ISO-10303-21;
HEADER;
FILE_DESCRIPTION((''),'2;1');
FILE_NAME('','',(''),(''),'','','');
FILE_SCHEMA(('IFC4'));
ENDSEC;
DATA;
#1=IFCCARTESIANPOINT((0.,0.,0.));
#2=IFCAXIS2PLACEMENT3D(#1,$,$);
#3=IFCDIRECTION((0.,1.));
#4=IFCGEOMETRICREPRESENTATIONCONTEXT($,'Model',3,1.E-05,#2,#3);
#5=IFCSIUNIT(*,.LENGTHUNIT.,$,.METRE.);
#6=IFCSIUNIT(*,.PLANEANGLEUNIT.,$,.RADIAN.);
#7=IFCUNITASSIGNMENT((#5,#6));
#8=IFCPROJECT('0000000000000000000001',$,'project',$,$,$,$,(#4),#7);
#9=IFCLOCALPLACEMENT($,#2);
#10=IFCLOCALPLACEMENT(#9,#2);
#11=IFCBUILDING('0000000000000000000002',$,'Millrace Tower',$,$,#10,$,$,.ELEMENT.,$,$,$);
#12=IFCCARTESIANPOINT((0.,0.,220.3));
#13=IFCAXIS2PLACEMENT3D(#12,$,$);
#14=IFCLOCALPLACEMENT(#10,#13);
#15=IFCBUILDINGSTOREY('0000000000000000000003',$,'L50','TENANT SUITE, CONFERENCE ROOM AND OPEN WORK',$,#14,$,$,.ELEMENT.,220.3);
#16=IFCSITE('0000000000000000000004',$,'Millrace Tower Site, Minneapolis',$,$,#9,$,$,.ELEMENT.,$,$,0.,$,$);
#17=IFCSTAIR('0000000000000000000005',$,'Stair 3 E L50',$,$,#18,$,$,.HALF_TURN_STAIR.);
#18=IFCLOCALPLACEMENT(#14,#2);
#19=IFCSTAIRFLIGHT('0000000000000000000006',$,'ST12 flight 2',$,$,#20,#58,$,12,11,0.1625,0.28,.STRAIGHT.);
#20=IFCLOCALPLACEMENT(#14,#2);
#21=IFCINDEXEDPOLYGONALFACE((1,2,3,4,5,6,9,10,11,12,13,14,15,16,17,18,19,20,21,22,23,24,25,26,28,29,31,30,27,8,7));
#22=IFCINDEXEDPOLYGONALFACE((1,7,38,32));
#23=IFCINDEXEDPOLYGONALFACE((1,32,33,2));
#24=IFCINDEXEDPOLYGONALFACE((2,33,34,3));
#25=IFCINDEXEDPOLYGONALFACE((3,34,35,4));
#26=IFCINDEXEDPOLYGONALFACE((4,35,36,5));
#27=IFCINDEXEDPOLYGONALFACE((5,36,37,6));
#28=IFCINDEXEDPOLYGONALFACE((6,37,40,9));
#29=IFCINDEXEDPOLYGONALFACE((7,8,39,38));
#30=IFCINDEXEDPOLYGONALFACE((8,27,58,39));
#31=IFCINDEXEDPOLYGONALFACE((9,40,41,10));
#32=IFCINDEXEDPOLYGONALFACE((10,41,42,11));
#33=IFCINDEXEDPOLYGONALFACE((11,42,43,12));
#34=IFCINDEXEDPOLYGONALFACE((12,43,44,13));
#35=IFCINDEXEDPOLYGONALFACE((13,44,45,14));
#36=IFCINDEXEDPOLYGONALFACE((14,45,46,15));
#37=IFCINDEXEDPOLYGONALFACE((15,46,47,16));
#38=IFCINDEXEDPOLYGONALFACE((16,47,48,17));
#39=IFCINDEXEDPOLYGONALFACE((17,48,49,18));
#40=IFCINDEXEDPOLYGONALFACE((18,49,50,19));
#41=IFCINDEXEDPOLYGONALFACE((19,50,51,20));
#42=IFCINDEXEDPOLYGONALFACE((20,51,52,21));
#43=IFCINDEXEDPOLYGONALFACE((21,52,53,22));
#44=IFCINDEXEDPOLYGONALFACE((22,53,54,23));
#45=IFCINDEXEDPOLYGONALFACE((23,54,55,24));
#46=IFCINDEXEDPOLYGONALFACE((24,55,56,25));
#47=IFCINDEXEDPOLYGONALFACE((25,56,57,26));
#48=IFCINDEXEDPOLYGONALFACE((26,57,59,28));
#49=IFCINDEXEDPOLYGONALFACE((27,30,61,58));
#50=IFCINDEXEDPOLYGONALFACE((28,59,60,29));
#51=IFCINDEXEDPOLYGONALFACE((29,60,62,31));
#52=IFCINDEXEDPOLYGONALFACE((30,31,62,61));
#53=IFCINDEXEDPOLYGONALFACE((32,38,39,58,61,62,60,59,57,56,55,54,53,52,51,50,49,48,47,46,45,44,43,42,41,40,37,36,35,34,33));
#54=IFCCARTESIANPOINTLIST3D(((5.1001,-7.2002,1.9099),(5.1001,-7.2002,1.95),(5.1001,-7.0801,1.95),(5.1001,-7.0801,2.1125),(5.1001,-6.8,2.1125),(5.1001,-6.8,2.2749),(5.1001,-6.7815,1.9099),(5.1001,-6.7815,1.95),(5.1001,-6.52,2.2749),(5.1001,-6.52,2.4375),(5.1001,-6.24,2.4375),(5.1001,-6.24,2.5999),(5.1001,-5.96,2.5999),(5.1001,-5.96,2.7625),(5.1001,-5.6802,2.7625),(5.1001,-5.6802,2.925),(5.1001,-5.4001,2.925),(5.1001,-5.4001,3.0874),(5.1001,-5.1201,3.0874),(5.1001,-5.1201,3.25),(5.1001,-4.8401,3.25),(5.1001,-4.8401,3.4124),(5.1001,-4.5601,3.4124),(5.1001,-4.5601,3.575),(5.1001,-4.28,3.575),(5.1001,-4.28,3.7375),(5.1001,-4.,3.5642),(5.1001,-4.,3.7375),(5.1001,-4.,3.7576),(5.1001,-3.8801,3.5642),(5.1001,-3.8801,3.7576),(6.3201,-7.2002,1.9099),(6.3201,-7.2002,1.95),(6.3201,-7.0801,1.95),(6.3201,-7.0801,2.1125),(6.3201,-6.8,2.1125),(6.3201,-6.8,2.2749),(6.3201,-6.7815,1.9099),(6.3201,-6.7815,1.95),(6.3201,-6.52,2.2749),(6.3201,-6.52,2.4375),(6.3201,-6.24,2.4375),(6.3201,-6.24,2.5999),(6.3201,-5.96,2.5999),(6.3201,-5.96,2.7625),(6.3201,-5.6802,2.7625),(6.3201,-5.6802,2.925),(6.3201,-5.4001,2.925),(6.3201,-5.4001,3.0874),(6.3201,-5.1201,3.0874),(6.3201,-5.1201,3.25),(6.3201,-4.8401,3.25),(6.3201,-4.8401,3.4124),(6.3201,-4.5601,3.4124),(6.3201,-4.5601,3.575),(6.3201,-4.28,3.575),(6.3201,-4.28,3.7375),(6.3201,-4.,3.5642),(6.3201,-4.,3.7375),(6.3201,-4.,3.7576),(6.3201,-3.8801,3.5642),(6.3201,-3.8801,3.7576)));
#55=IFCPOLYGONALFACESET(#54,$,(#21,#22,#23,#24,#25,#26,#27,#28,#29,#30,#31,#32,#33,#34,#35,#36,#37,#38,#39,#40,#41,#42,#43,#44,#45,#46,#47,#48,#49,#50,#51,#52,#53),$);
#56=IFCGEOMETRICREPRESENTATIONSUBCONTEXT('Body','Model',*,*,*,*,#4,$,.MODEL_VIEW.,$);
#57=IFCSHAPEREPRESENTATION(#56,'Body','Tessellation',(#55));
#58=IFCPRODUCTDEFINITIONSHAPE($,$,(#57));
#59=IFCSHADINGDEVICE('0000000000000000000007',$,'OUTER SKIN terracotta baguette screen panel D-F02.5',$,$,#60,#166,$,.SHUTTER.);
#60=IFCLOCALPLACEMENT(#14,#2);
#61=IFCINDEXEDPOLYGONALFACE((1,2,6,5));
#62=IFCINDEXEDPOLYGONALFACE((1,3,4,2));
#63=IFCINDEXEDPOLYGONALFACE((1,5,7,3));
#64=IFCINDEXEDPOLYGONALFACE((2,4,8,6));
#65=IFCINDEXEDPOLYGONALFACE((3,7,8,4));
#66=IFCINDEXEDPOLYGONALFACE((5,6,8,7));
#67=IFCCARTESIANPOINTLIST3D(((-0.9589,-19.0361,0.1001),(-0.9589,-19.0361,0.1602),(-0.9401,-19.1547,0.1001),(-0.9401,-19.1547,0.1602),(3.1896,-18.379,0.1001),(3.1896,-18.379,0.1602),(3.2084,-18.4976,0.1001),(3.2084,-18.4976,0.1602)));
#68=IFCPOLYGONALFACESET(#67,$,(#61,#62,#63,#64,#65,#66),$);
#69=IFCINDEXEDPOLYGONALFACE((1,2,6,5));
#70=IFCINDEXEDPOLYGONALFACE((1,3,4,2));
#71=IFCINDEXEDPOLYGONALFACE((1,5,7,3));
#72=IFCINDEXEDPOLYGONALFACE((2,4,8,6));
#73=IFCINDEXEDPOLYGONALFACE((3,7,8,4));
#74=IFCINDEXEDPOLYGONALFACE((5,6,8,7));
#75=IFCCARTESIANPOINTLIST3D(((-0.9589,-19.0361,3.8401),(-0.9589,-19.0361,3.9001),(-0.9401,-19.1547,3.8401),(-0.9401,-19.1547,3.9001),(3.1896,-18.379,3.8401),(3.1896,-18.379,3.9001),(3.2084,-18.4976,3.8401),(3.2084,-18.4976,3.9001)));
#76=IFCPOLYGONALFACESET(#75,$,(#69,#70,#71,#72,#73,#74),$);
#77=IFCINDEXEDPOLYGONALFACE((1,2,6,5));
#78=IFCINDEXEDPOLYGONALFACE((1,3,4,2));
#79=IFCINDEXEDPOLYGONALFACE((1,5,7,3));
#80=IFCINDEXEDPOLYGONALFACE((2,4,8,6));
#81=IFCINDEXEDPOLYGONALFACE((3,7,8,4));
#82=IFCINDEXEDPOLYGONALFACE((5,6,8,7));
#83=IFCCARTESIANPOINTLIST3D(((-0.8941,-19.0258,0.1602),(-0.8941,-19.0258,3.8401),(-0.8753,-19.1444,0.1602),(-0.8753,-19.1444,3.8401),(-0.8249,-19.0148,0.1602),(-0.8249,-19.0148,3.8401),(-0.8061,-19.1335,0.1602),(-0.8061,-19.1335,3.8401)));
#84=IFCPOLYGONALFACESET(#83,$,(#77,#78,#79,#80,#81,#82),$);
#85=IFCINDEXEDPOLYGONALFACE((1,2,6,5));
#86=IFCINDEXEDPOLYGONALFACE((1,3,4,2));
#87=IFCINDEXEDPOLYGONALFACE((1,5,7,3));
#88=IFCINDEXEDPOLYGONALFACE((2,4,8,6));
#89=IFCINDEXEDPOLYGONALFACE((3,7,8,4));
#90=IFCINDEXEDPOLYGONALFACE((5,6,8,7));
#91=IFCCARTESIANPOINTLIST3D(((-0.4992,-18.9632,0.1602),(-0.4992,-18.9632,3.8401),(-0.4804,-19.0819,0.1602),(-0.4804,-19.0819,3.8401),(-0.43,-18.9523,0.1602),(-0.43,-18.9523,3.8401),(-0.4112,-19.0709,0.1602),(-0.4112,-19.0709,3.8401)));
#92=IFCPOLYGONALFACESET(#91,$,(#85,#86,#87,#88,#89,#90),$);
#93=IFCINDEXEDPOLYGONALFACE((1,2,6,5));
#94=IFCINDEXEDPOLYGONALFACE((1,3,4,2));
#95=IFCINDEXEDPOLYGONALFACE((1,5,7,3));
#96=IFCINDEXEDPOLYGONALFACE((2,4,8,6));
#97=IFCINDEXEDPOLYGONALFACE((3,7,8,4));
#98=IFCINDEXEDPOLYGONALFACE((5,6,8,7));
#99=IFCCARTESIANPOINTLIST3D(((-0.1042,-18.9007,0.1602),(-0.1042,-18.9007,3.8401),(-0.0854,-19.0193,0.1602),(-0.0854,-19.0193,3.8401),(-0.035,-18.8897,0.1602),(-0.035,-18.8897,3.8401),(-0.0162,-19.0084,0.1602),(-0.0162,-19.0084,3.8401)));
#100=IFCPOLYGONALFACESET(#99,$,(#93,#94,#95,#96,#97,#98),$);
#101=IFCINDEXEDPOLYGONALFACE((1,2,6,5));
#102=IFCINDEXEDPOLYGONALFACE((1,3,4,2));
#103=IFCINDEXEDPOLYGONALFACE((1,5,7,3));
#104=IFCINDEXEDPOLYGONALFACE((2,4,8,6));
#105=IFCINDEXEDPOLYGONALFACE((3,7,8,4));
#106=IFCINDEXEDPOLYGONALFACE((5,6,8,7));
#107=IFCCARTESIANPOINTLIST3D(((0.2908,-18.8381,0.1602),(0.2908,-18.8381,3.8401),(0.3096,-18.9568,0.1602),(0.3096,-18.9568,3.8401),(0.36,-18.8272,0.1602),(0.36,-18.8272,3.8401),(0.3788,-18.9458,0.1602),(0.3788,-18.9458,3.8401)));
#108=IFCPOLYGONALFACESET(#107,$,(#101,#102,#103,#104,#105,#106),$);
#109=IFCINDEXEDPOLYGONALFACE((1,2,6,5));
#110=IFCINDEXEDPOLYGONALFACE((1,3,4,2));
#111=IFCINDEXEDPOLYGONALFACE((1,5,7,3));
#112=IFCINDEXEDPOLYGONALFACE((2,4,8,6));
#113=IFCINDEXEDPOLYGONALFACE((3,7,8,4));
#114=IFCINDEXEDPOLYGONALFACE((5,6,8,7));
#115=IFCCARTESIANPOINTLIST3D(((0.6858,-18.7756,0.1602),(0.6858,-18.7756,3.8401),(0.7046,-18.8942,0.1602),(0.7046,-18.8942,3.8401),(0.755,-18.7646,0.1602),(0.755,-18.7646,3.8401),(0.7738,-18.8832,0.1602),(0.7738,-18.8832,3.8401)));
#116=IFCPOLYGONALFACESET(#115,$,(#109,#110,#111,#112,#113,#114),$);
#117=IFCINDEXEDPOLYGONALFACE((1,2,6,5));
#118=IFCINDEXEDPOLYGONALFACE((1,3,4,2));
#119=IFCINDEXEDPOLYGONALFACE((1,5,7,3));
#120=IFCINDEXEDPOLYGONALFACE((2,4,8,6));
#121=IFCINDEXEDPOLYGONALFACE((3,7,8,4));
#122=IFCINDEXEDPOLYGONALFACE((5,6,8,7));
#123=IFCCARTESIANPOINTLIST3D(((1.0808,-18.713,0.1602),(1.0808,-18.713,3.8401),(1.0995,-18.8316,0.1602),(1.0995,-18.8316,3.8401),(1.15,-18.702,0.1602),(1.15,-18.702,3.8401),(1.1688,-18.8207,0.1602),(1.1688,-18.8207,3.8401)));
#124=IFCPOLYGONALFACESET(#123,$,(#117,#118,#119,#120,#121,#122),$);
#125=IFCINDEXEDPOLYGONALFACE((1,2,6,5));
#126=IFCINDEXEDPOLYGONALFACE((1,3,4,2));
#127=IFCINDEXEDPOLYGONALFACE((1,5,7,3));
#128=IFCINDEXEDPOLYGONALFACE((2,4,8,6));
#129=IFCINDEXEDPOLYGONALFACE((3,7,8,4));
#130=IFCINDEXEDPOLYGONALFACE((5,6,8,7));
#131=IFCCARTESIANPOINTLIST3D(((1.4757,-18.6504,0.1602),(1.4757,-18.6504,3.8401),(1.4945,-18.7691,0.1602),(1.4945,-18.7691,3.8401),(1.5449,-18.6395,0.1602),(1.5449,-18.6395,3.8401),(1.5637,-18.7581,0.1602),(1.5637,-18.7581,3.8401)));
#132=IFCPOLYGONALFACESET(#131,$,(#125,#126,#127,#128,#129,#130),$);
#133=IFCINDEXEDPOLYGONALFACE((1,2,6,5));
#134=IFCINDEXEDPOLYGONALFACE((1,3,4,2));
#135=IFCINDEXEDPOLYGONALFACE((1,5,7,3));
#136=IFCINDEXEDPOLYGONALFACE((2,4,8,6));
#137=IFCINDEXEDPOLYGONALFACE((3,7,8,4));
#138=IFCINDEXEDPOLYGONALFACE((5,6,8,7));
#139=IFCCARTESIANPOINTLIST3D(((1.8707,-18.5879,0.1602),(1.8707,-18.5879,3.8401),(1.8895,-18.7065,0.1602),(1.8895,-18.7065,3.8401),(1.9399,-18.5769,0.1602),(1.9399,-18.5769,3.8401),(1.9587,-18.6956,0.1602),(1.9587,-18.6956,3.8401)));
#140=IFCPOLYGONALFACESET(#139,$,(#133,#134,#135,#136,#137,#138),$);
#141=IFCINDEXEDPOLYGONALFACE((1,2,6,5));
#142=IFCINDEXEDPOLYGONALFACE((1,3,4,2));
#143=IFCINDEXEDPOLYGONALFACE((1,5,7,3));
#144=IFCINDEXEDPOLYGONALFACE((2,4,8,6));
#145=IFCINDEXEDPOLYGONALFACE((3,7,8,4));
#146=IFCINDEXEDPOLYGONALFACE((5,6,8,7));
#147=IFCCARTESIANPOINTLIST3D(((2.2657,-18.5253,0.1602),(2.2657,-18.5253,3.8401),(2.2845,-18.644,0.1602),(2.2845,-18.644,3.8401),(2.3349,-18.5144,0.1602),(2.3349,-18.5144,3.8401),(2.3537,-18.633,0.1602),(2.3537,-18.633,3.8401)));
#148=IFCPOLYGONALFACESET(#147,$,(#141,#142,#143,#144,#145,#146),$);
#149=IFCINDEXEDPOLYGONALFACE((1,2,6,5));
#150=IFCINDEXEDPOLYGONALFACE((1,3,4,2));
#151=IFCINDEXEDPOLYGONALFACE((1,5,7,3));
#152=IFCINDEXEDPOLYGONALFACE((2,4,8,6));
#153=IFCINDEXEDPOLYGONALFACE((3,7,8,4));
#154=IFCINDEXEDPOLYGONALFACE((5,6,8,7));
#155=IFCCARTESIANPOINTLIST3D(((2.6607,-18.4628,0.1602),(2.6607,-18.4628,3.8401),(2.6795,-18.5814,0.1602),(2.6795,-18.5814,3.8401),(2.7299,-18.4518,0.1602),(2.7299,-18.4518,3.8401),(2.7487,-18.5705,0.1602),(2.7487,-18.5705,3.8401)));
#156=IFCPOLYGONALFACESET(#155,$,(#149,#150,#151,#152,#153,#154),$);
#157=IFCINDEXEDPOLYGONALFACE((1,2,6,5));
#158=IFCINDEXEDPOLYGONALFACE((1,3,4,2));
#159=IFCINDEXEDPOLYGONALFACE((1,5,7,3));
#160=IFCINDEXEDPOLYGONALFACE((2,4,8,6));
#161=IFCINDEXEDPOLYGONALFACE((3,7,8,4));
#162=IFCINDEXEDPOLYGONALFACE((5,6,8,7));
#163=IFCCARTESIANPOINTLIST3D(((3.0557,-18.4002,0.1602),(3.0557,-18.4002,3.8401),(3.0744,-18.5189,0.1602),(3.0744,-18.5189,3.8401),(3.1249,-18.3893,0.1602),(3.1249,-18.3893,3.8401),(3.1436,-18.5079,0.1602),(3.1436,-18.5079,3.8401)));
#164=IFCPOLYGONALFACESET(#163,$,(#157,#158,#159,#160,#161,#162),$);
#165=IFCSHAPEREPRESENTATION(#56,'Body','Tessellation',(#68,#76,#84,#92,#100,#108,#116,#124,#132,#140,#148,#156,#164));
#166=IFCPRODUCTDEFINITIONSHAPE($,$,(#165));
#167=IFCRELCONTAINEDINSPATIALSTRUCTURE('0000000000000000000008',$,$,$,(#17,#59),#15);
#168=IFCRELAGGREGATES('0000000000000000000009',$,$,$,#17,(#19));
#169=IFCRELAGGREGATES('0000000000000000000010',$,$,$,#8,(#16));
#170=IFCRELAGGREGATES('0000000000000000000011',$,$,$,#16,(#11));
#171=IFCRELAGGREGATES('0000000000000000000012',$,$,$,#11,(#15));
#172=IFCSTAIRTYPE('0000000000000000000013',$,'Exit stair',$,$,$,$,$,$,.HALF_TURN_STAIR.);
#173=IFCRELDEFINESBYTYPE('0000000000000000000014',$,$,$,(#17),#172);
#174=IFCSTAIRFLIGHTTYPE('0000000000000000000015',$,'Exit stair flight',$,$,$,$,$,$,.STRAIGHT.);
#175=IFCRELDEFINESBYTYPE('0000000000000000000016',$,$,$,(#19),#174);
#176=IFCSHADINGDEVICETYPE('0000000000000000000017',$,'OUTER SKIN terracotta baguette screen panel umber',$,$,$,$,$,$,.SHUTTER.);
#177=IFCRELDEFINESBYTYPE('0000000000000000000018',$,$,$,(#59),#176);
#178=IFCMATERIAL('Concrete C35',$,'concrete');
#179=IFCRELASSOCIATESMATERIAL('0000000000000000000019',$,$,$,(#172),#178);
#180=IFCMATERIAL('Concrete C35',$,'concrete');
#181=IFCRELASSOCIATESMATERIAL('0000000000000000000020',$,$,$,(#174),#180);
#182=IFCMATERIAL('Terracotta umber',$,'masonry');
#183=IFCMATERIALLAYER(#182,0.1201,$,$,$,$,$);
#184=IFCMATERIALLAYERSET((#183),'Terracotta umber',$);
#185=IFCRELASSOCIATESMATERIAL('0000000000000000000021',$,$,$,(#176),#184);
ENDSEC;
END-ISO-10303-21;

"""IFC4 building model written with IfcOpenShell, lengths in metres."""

from ifc_helpers import new_model, entity, si_unit, direction, frame, frame_2d, origin, origin_2d, place, context, subcontext, project, spatial, polyline, rectangle, outline, extrude, source, transform, mapped, material, layer, layer_set, type_object, element, aggregate, save


model = new_model("IFC4")

# Units and contexts
model_context = context("Model", 3, precision=1e-05, world=origin(), true_north=direction((0.0, 1.0)))
body_context = subcontext(model_context, "Body", "Model", "MODEL_VIEW")
ifc_project = project(units=[si_unit("LENGTHUNIT", "METRE"), si_unit("PLANEANGLEUNIT", "RADIAN")], contexts=[model_context])

# Site, building, storey
site_placement = place(None, origin())
site = spatial("IfcSite", under=ifc_project, at=site_placement, Name="Millrace Tower Site, Minneapolis", CompositionType="ELEMENT", RefElevation=0.0)
building_placement = place(site_placement, origin())
building = spatial("IfcBuilding", under=site, at=building_placement, Name="Millrace Tower", CompositionType="ELEMENT")
storey_placement = place(building_placement, frame((0.0, 0.0, 220.3)))
storey = spatial("IfcBuildingStorey", under=building, at=storey_placement, Name="L50", Description="TENANT SUITE, CONFERENCE ROOM AND OPEN WORK", CompositionType="ELEMENT", Elevation=220.3)

# Shared definitions
placement_1 = place(storey_placement, origin())

# Shared definitions
ifc_material_1 = material(Name="Concrete C35", Category="concrete")
stair_type = type_object("IfcStairType", Name="Exit stair", PredefinedType="HALF_TURN_STAIR", material=ifc_material_1)
ifc_material_2 = material(Name="Concrete C35", Category="concrete")
stair_flight_type = type_object("IfcStairFlightType", Name="Exit stair flight", PredefinedType="STRAIGHT", material=ifc_material_2)

# Stair, stair flight
stair_1 = element("IfcStair", 1, at=placement_1, inside=storey, type_object=stair_type, Name="Stair 3 E L50", PredefinedType="HALF_TURN_STAIR")
stair_flight_1_placement = place(storey_placement, frame((5.71, -7.0801, 1.95), z_axis=(0.0, 0.0, 1.0), x_axis=(0.0, 1.0, 0.0)))
stair_flight_1 = element("IfcStairFlight", 2, at=stair_flight_1_placement, type_object=stair_flight_type, Name="ST12 flight 2", NumberOfRisers=12, NumberOfTreads=11, PredefinedType="STRAIGHT", RiserHeight=0.1625, TreadLength=0.28, context=body_context, shape_type="SweptSolid", body=[
    extrude(outline(polyline([(-0.1201, -0.04), (-0.1201, 0.0), (0.0, 0.0), (0.0, 0.1626), (0.28, 0.1626), (0.28, 0.325), (0.5601, 0.325), (0.5601, 0.4875), (0.8401, 0.4875), (0.8401, 0.6499), (1.1201, 0.6499), (1.1201, 0.8125), (1.3999, 0.8125), (1.3999, 0.9751), (1.6799, 0.9751), (1.6799, 1.1375), (1.96, 1.1375), (1.96, 1.3), (2.24, 1.3), (2.24, 1.4624), (2.52, 1.4624), (2.52, 1.625), (2.8, 1.625), (2.8, 1.7876), (3.0801, 1.7876), (3.0801, 1.8076), (3.2, 1.8076), (3.2, 1.6143), (3.0801, 1.6143), (0.2986, 0.0), (0.2986, -0.04), (-0.1201, -0.04)])), frame((0.0, 0.6099, 0.0), z_axis=(0.0, -1.0, 0.0), x_axis=(1.0, 0.0, 0.0)), (0.0, 0.0, 1.0), 1.22),
])
aggregate(stair_1, [stair_flight_1])

# Shading device
ifc_material_3 = material(Name="Terracotta umber", Category="masonry")
ifc_layer_1 = layer(ifc_material_3, 0.1201)
ifc_layer_set_1 = layer_set([ifc_layer_1], Name="Terracotta umber")
shading_device_type = type_object("IfcShadingDeviceType", Name="OUTER SKIN terracotta baguette screen panel umber", PredefinedType="SHUTTER", material=ifc_layer_set_1)
cartesian_point = entity("IfcCartesianPoint", [-2.1001, 0.0601])
shared_polyline = entity("IfcPolyline", [cartesian_point, entity("IfcCartesianPoint", [2.1001, 0.0601]), entity("IfcCartesianPoint", [2.1001, -0.0601]), entity("IfcCartesianPoint", [-2.1001, -0.0601]), cartesian_point])
shared_shape = source(origin(), body_context, "Body", "SweptSolid", [
    entity("IfcExtrudedAreaSolid", entity("IfcArbitraryClosedProfileDef", "AREA", None, shared_polyline), entity("IfcAxis2Placement3D", entity("IfcCartesianPoint", [0.0, 0.0, 0.0])), entity("IfcDirection", [0.0, 0.0, 1.0]), 0.0601),
    entity("IfcExtrudedAreaSolid", entity("IfcArbitraryClosedProfileDef", "AREA", None, shared_polyline), entity("IfcAxis2Placement3D", entity("IfcCartesianPoint", [0.0, 0.0, 3.74])), entity("IfcDirection", [0.0, 0.0, 1.0]), 0.0601),
    extrude(rectangle(XDim=0.0701, YDim=0.1201, at=frame_2d((-1.9995, 0.0))), frame((0.0, 0.0, 0.0601)), (0.0, 0.0, 1.0), 3.6799),
    extrude(rectangle(XDim=0.0701, YDim=0.1201, at=frame_2d((-1.5996, 0.0))), frame((0.0, 0.0, 0.0601)), (0.0, 0.0, 1.0), 3.6799),
    extrude(rectangle(XDim=0.0701, YDim=0.1201, at=frame_2d((-1.1997, 0.0))), frame((0.0, 0.0, 0.0601)), (0.0, 0.0, 1.0), 3.6799),
    extrude(rectangle(XDim=0.0701, YDim=0.1201, at=frame_2d((-0.7998, 0.0))), frame((0.0, 0.0, 0.0601)), (0.0, 0.0, 1.0), 3.6799),
    extrude(rectangle(XDim=0.0701, YDim=0.1201, at=frame_2d((-0.3999, 0.0))), frame((0.0, 0.0, 0.0601)), (0.0, 0.0, 1.0), 3.6799),
    extrude(rectangle(XDim=0.0701, YDim=0.1201, at=origin_2d()), frame((0.0, 0.0, 0.0601)), (0.0, 0.0, 1.0), 3.6799),
    extrude(rectangle(XDim=0.0701, YDim=0.1201, at=frame_2d((0.3999, 0.0))), frame((0.0, 0.0, 0.0601)), (0.0, 0.0, 1.0), 3.6799),
    extrude(rectangle(XDim=0.0701, YDim=0.1201, at=frame_2d((0.7998, 0.0))), frame((0.0, 0.0, 0.0601)), (0.0, 0.0, 1.0), 3.6799),
    extrude(rectangle(XDim=0.0701, YDim=0.1201, at=frame_2d((1.1997, 0.0))), frame((0.0, 0.0, 0.0601)), (0.0, 0.0, 1.0), 3.6799),
    extrude(rectangle(XDim=0.0701, YDim=0.1201, at=frame_2d((1.5996, 0.0))), frame((0.0, 0.0, 0.0601)), (0.0, 0.0, 1.0), 3.6799),
    extrude(rectangle(XDim=0.0701, YDim=0.1201, at=frame_2d((1.9995, 0.0))), frame((0.0, 0.0, 0.0601)), (0.0, 0.0, 1.0), 3.6799),
])
for number, where, z_axis, x_axis, name in (
    (3, (1.1248, -18.7668, 0.1001), (0.0, 0.0, 1.0), (0.987688, 0.156434, 0.0), "OUTER SKIN terracotta baguette screen panel D-F02.5"),
):
    element("IfcShadingDevice", number, at=place(storey_placement, frame(where, z_axis=z_axis, x_axis=x_axis)), inside=storey, type_object=shading_device_type, Name=name, PredefinedType="SHUTTER", context=body_context, shape_type="MappedRepresentation", body=[
        mapped(shared_shape, transform((0.0, 0.0, 0.0), scale=1.0)),
    ])

save(model, "model.ifc")
